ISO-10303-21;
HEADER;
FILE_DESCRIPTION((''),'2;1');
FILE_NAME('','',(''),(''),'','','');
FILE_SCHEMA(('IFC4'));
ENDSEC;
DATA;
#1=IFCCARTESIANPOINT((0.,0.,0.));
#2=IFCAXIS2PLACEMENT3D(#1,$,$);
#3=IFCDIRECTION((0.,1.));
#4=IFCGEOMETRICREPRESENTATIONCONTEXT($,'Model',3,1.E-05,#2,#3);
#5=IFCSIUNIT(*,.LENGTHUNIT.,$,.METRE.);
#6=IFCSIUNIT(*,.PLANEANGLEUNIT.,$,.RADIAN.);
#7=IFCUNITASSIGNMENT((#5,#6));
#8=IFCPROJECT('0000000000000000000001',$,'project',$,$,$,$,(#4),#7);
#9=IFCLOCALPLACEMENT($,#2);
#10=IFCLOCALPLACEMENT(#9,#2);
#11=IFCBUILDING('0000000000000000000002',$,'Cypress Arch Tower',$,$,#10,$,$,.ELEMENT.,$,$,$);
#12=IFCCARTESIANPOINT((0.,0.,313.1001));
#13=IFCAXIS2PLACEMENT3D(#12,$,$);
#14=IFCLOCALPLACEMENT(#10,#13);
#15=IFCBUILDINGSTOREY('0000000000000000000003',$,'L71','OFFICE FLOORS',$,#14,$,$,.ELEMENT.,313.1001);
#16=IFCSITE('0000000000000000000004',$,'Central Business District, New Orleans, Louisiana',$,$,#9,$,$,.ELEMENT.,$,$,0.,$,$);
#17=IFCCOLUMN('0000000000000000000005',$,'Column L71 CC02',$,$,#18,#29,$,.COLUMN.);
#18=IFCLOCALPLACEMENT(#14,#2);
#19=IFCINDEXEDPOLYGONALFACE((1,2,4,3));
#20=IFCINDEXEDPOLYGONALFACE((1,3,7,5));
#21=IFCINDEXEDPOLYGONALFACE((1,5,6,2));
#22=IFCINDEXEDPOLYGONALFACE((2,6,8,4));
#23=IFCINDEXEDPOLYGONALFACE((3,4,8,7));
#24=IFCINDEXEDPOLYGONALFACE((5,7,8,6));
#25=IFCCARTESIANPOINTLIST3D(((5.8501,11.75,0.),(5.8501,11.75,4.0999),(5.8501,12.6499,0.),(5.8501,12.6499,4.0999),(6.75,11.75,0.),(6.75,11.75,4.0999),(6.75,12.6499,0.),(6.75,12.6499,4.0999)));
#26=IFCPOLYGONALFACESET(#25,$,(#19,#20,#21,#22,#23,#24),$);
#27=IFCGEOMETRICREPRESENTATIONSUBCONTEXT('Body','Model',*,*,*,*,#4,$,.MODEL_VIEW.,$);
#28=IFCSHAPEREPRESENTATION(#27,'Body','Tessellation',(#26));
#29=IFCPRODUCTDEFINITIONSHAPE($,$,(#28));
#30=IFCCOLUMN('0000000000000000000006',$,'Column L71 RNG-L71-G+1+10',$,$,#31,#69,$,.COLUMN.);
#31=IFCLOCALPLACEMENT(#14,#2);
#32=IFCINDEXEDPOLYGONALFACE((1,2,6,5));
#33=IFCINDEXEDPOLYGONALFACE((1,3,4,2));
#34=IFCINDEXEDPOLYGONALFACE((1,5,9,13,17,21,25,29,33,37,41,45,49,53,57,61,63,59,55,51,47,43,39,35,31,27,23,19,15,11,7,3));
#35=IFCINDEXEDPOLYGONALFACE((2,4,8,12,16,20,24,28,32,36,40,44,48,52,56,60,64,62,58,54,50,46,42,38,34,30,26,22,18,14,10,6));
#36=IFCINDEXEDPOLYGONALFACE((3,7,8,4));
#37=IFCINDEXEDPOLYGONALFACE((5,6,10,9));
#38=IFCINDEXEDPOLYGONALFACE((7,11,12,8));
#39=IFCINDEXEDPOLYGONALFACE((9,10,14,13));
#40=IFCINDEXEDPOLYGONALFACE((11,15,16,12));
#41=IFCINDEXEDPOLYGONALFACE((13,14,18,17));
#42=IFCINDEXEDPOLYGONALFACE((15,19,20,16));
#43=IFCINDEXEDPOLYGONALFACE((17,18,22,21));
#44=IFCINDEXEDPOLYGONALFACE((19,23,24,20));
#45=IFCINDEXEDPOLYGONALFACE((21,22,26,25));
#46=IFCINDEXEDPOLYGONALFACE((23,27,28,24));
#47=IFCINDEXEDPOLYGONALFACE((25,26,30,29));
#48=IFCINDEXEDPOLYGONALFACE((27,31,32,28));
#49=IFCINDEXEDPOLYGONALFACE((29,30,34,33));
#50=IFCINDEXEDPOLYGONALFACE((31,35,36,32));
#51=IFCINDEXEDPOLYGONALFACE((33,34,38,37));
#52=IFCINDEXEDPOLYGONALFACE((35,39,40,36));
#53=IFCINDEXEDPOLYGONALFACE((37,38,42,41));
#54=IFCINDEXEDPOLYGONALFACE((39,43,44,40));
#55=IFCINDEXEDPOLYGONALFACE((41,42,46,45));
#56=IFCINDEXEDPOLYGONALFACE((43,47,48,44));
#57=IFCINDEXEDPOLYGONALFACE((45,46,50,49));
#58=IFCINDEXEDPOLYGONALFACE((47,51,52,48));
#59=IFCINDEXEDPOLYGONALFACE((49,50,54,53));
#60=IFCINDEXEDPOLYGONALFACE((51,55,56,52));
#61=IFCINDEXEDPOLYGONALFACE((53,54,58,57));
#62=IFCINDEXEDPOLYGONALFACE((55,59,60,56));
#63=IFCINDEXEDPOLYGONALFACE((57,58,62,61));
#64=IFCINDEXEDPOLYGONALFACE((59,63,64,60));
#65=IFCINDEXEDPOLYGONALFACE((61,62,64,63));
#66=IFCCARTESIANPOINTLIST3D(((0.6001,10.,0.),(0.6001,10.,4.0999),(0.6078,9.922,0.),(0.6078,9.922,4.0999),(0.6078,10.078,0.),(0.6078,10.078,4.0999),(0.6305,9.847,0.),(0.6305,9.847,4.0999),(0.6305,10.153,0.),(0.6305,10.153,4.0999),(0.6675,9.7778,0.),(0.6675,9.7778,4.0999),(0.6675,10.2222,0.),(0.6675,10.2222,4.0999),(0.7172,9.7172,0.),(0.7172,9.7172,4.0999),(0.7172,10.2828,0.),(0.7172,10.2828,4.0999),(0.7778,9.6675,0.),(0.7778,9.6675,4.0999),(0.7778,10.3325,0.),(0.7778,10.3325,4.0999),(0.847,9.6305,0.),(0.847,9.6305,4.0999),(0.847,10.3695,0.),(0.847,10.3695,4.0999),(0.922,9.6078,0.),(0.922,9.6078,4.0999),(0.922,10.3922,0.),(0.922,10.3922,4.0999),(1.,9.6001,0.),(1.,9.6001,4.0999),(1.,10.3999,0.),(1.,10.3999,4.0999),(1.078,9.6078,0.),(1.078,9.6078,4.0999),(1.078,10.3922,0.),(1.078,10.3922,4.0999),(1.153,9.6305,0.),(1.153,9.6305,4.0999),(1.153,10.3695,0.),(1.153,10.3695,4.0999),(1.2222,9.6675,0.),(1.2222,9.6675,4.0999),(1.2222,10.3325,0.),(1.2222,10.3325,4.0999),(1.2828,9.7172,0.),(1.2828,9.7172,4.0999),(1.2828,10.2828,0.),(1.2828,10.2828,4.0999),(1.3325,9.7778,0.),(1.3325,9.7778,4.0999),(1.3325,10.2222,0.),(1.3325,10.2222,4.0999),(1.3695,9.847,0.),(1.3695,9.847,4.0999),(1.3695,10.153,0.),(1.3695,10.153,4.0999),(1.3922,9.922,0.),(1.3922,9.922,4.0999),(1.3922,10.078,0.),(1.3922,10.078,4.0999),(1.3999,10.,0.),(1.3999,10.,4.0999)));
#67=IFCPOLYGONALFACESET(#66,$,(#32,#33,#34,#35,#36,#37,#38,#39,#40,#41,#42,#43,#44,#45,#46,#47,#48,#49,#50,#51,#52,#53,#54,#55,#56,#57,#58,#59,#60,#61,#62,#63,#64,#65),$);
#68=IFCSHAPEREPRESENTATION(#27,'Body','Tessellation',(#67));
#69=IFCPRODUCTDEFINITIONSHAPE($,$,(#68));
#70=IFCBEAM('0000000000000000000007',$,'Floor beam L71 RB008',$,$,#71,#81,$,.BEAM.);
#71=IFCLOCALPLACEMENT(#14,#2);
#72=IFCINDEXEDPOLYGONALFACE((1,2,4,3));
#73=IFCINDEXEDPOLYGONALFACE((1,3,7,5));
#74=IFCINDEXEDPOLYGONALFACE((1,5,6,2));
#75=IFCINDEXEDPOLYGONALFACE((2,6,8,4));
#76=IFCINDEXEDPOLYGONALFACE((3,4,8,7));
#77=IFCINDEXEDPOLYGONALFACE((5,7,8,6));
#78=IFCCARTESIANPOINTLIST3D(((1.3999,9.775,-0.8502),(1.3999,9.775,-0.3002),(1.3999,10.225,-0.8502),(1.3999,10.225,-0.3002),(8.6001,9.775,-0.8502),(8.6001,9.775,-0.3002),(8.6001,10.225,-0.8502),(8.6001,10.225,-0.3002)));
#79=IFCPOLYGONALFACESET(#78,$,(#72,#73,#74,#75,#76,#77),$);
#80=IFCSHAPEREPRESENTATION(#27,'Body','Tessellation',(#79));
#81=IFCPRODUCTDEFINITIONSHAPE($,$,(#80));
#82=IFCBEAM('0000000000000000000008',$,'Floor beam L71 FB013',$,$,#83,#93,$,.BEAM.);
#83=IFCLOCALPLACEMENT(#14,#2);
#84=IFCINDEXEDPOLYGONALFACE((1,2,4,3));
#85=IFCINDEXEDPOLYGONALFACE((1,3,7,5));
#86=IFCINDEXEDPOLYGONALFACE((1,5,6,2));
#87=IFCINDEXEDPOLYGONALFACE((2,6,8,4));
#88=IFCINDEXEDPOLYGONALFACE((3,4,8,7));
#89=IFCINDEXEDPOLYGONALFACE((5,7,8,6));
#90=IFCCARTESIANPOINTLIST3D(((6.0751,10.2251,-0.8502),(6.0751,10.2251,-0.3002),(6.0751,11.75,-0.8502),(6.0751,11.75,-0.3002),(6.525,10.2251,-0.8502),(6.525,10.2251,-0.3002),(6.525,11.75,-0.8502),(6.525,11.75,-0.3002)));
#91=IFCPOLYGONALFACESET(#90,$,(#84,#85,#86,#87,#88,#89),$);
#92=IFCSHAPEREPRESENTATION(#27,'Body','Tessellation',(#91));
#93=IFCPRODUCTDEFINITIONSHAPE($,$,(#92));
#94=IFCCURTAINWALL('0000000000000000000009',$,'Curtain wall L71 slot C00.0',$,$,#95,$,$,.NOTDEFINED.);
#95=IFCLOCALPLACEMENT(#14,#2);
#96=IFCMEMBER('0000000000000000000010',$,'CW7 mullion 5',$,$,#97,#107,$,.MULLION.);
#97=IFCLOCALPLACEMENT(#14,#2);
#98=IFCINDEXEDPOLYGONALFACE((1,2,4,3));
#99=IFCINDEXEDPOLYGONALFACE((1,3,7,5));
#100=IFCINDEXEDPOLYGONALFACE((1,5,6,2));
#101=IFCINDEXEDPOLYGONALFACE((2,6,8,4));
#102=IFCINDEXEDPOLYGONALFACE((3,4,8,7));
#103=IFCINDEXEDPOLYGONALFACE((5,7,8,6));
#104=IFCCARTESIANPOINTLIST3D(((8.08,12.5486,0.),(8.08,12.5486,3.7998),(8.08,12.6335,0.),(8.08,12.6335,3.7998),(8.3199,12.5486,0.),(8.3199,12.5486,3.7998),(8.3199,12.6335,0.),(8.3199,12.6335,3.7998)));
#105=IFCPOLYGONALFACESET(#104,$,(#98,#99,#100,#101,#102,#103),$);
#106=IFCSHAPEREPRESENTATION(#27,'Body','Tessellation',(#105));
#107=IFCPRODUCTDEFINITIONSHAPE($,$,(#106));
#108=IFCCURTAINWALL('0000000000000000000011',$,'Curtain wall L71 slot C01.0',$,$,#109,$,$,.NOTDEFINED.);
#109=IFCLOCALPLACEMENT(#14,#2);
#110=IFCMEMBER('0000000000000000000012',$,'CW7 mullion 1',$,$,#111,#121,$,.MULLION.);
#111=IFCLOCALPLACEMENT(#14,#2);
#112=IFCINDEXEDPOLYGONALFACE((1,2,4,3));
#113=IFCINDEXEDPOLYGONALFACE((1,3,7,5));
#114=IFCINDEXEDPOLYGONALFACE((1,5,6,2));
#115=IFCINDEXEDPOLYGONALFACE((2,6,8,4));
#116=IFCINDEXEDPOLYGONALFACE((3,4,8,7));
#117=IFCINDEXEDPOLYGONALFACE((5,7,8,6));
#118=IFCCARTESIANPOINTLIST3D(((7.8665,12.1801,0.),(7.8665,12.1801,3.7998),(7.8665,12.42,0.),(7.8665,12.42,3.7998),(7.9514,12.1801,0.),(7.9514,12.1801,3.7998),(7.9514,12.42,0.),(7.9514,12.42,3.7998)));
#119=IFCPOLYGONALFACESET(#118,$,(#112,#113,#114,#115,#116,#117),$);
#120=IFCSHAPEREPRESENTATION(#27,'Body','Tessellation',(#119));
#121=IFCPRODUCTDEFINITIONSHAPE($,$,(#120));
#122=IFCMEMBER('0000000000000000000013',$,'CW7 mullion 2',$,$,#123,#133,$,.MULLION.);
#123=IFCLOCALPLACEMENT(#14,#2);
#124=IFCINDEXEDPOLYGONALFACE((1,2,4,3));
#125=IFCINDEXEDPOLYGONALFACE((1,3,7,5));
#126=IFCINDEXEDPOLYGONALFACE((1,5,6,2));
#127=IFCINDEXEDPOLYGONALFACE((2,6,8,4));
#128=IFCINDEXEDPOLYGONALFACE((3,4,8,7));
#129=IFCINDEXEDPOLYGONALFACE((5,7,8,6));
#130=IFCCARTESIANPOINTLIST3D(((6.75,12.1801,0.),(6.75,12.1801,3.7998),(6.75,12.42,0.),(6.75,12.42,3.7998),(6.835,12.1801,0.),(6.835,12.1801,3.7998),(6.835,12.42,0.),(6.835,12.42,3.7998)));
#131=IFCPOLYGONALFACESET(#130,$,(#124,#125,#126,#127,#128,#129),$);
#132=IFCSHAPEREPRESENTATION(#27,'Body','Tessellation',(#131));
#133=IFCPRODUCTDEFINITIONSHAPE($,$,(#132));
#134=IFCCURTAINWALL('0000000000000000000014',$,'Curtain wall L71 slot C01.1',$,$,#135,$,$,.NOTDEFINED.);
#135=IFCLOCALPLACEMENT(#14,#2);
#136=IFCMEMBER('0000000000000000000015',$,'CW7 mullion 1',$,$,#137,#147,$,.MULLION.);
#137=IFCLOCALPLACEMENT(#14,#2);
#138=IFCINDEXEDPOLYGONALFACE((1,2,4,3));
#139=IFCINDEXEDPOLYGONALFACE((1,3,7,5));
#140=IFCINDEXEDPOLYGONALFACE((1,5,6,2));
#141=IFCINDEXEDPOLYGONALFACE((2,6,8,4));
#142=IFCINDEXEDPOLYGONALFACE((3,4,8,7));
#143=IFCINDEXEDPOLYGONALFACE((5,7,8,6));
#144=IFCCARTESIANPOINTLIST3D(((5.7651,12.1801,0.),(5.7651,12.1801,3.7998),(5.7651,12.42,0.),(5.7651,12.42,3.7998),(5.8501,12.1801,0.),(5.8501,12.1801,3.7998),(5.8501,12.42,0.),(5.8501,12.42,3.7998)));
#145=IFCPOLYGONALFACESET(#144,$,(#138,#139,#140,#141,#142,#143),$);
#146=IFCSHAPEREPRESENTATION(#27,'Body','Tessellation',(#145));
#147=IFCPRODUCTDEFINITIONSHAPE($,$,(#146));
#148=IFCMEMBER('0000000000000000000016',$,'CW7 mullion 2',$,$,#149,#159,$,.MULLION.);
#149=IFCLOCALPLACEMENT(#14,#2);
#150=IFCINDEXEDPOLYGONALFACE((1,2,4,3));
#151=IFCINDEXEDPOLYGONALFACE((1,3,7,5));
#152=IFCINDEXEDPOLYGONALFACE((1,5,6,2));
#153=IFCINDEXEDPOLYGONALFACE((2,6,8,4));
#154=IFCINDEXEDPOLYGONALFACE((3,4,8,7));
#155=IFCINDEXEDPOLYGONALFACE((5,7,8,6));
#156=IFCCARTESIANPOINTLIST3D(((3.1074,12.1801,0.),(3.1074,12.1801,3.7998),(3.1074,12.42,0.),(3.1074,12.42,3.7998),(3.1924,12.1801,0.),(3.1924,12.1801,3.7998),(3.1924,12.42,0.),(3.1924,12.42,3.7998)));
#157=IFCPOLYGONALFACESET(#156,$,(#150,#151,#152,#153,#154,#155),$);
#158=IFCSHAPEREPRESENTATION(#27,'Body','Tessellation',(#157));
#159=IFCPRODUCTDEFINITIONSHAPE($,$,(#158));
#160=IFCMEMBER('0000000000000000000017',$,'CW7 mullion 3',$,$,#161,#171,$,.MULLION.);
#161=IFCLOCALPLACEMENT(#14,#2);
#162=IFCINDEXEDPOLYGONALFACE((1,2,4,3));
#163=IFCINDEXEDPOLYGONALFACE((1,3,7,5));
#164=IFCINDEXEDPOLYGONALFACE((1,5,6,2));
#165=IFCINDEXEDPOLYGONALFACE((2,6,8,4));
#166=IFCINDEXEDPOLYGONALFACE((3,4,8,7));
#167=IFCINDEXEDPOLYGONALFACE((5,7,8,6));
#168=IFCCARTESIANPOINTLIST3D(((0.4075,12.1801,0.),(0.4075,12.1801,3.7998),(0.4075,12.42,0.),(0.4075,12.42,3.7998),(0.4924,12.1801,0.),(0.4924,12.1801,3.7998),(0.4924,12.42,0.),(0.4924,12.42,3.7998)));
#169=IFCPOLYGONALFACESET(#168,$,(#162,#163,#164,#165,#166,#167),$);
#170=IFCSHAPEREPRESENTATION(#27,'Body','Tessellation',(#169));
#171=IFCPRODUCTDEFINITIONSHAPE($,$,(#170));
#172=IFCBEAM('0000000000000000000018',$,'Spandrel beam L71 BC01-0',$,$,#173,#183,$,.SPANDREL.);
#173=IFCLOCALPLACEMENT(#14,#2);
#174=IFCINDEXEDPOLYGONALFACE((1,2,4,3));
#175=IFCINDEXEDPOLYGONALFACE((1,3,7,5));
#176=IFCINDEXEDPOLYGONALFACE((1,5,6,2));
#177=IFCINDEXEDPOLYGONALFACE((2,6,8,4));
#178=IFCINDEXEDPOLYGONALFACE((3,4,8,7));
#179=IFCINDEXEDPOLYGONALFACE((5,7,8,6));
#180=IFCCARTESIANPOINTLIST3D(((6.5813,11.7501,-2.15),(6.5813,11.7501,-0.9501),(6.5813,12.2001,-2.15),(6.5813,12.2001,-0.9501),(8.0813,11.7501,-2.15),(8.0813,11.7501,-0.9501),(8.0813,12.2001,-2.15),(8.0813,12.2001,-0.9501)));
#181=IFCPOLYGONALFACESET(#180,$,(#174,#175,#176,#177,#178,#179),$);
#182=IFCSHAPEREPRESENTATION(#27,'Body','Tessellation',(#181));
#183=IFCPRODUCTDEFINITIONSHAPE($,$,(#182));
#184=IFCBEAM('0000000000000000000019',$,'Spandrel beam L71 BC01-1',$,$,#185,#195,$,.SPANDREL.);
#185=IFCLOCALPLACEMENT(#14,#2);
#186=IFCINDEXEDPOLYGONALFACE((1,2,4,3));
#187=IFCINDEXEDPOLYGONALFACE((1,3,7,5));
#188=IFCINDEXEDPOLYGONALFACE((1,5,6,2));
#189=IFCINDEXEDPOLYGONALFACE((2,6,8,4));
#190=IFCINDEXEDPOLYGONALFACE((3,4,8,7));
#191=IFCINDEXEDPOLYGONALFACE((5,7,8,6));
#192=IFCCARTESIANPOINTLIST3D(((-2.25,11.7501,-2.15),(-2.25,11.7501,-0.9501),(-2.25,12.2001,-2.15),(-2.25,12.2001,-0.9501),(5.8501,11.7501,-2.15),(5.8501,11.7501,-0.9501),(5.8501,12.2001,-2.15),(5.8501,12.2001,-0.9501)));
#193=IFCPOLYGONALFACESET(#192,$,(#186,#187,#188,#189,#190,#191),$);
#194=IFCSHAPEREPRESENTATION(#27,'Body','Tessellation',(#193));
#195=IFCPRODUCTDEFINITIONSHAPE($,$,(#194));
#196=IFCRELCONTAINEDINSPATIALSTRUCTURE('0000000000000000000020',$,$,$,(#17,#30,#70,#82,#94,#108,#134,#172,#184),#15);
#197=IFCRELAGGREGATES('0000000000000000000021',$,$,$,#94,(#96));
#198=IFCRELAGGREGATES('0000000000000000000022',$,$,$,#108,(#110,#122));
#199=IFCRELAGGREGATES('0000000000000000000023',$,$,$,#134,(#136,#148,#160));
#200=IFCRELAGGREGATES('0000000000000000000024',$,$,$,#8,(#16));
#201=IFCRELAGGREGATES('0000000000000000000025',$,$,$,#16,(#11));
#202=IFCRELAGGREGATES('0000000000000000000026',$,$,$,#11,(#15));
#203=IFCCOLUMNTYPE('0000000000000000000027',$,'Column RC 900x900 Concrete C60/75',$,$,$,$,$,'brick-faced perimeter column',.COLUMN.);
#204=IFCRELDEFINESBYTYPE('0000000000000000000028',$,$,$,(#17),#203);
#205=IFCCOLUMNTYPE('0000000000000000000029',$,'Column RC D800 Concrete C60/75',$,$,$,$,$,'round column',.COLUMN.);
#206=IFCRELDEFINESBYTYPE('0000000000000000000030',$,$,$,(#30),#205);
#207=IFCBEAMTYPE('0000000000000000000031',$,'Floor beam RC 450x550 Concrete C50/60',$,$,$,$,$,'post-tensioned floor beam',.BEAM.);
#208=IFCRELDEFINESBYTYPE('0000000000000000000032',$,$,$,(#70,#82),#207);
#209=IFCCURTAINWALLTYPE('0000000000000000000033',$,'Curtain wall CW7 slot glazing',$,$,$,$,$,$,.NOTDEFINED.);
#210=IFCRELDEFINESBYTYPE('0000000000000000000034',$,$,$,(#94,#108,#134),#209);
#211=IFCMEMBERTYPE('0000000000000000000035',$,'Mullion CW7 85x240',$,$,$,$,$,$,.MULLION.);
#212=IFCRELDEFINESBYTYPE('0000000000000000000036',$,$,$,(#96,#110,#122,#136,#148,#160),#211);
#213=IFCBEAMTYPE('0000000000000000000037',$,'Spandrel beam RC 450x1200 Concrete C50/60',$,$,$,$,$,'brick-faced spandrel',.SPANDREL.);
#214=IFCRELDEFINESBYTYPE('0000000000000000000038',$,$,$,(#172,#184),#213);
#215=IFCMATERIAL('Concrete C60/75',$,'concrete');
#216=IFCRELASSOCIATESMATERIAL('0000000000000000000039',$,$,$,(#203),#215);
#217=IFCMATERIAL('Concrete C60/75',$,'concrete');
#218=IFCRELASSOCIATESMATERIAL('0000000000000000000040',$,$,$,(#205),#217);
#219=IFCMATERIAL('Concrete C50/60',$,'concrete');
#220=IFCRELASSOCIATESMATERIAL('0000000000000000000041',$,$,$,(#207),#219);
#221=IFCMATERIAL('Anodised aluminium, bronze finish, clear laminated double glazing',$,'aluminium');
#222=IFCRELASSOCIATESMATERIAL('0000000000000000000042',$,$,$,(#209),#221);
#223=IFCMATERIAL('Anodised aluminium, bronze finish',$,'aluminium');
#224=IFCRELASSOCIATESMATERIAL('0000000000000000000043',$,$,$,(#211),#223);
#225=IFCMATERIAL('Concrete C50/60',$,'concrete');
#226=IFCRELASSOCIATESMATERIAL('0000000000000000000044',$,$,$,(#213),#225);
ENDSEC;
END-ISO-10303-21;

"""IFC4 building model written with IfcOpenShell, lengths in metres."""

from ifc_helpers import new_model, si_unit, direction, frame, origin, origin_2d, place, context, subcontext, project, spatial, rectangle, circle, extrude, material, material_profile, profile_set, type_object, element, aggregate, save


model = new_model("IFC4")

# Units and contexts
model_context = context("Model", 3, precision=1e-05, world=origin(), true_north=direction((0.0, 1.0)))
body_context = subcontext(model_context, "Body", "Model", "MODEL_VIEW")
ifc_project = project(units=[si_unit("LENGTHUNIT", "METRE"), si_unit("PLANEANGLEUNIT", "RADIAN")], contexts=[model_context])

# Site, building, storey
site_placement = place(None, origin())
site = spatial("IfcSite", under=ifc_project, at=site_placement, Name="Central Business District, New Orleans, Louisiana", CompositionType="ELEMENT", RefElevation=0.0)
building_placement = place(site_placement, origin())
building = spatial("IfcBuilding", under=site, at=building_placement, Name="Cypress Arch Tower", CompositionType="ELEMENT")
storey_placement = place(building_placement, frame((0.0, 0.0, 313.1001)))
storey = spatial("IfcBuildingStorey", under=building, at=storey_placement, Name="L71", Description="OFFICE FLOORS", CompositionType="ELEMENT", Elevation=313.1001)

# Columns
ifc_material_1 = material(Name="Concrete C60/75", Category="concrete")
ifc_material_profile_1 = material_profile(ifc_material_1, rectangle(XDim=0.8999, YDim=0.8999, at=origin_2d()), Name="RC 900x900")
ifc_profile_set_1 = profile_set([ifc_material_profile_1], Name="Concrete C60/75")
column_type_1 = type_object("IfcColumnType", Name="Column RC 900x900 Concrete C60/75", ElementType="brick-faced perimeter column", PredefinedType="COLUMN", material=ifc_profile_set_1)
column_1_placement = place(storey_placement, frame((6.3, 12.2, 0.0), z_axis=(0.0, 0.0, 1.0), x_axis=(-1.0, 0.0, 0.0)))
element("IfcColumn", 1, at=column_1_placement, inside=storey, type_object=column_type_1, Name="Column L71 CC02", PredefinedType="COLUMN", context=body_context, shape_type="SweptSolid", body=[
    extrude(rectangle(XDim=0.8999, YDim=0.8999, at=origin_2d()), origin(), (0.0, 0.0, 1.0), 4.0999),
])
ifc_material_2 = material(Name="Concrete C60/75", Category="concrete")
ifc_material_profile_2 = material_profile(ifc_material_2, circle(Radius=0.3999, at=origin_2d()), Name="RC D800")
ifc_profile_set_2 = profile_set([ifc_material_profile_2], Name="Concrete C60/75")
column_type_2 = type_object("IfcColumnType", Name="Column RC D800 Concrete C60/75", ElementType="round column", PredefinedType="COLUMN", material=ifc_profile_set_2)
column_2_placement = place(storey_placement, frame((1.0, 10.0, 0.0), z_axis=(0.0, 0.0, 1.0), x_axis=(1.0, 0.0, 0.0)))
element("IfcColumn", 2, at=column_2_placement, inside=storey, type_object=column_type_2, Name="Column L71 RNG-L71-G+1+10", PredefinedType="COLUMN", context=body_context, shape_type="SweptSolid", body=[
    extrude(circle(Radius=0.3999, at=origin_2d()), origin(), (0.0, 0.0, 1.0), 4.0999),
])

# Beams
ifc_material_3 = material(Name="Concrete C50/60", Category="concrete")
ifc_material_profile_3 = material_profile(ifc_material_3, rectangle(XDim=0.45, YDim=0.55, at=origin_2d()), Name="RC 450x550")
ifc_profile_set_3 = profile_set([ifc_material_profile_3], Name="Concrete C50/60")
beam_type_1 = type_object("IfcBeamType", Name="Floor beam RC 450x550 Concrete C50/60", ElementType="post-tensioned floor beam", PredefinedType="BEAM", material=ifc_profile_set_3)
beam_1_placement = place(storey_placement, frame((1.3999, 10.0, -0.5752), z_axis=(1.0, 0.0, 0.0), x_axis=(0.0, 1.0, 0.0)))
element("IfcBeam", 3, at=beam_1_placement, inside=storey, type_object=beam_type_1, Name="Floor beam L71 RB008", PredefinedType="BEAM", context=body_context, shape_type="SweptSolid", body=[
    extrude(rectangle(XDim=0.45, YDim=0.55, at=origin_2d()), origin(), (0.0, 0.0, 1.0), 7.2002),
])
beam_2_placement = place(storey_placement, frame((6.3, 10.2251, -0.5752), z_axis=(0.0, 1.0, 0.0), x_axis=(-1.0, 0.0, 0.0)))
element("IfcBeam", 4, at=beam_2_placement, inside=storey, type_object=beam_type_1, Name="Floor beam L71 FB013", PredefinedType="BEAM", context=body_context, shape_type="SweptSolid", body=[
    extrude(rectangle(XDim=0.45, YDim=0.55, at=origin_2d()), origin(), (0.0, 0.0, 1.0), 1.5249),
])

# Curtain wall, member
ifc_material_4 = material(Name="Anodised aluminium, bronze finish, clear laminated double glazing", Category="aluminium")
curtain_wall_type = type_object("IfcCurtainWallType", Name="Curtain wall CW7 slot glazing", PredefinedType="NOTDEFINED", material=ifc_material_4)
curtain_wall_1_placement = place(storey_placement, origin())
curtain_wall_1 = element("IfcCurtainWall", 5, at=curtain_wall_1_placement, inside=storey, type_object=curtain_wall_type, Name="Curtain wall L71 slot C00.0", PredefinedType="NOTDEFINED")
ifc_material_5 = material(Name="Anodised aluminium, bronze finish", Category="aluminium")
ifc_material_profile_4 = material_profile(ifc_material_5, rectangle(XDim=0.24, YDim=0.085, at=origin_2d()), Name="Mullion 85x240")
ifc_profile_set_4 = profile_set([ifc_material_profile_4], Name="Anodised aluminium, bronze finish")
member_type_1 = type_object("IfcMemberType", Name="Mullion CW7 85x240", PredefinedType="MULLION", material=ifc_profile_set_4)
member_1_placement = place(storey_placement, frame((8.2, 12.5911, 0.0), z_axis=(0.0, 0.0, 1.0), x_axis=(1.0, 0.0, 0.0)))
member_1 = element("IfcMember", 6, at=member_1_placement, type_object=member_type_1, Name="CW7 mullion 5", PredefinedType="MULLION", context=body_context, shape_type="SweptSolid", body=[
    extrude(rectangle(XDim=0.24, YDim=0.085, at=origin_2d()), origin(), (0.0, 0.0, 1.0), 3.7998),
])

# Curtain walls, members
curtain_wall_2_placement = place(storey_placement, origin())
curtain_wall_2 = element("IfcCurtainWall", 7, at=curtain_wall_2_placement, inside=storey, type_object=curtain_wall_type, Name="Curtain wall L71 slot C01.0", PredefinedType="NOTDEFINED")
member_2_placement = place(storey_placement, frame((7.9089, 12.3, 0.0), z_axis=(0.0, 0.0, 1.0), x_axis=(0.0, -1.0, 0.0)))
member_2 = element("IfcMember", 8, at=member_2_placement, type_object=member_type_1, Name="CW7 mullion 1", PredefinedType="MULLION", context=body_context, shape_type="SweptSolid", body=[
    extrude(rectangle(XDim=0.24, YDim=0.085, at=origin_2d()), origin(), (0.0, 0.0, 1.0), 3.7998),
])
member_3_placement = place(storey_placement, frame((6.7925, 12.3, 0.0), z_axis=(0.0, 0.0, 1.0), x_axis=(0.0, -1.0, 0.0)))
member_3 = element("IfcMember", 9, at=member_3_placement, type_object=member_type_1, Name="CW7 mullion 2", PredefinedType="MULLION", context=body_context, shape_type="SweptSolid", body=[
    extrude(rectangle(XDim=0.24, YDim=0.085, at=origin_2d()), origin(), (0.0, 0.0, 1.0), 3.7998),
])
curtain_wall_3_placement = place(storey_placement, origin())
curtain_wall_3 = element("IfcCurtainWall", 10, at=curtain_wall_3_placement, inside=storey, type_object=curtain_wall_type, Name="Curtain wall L71 slot C01.1", PredefinedType="NOTDEFINED")
member_4_placement = place(storey_placement, frame((5.8076, 12.3, 0.0), z_axis=(0.0, 0.0, 1.0), x_axis=(0.0, -1.0, 0.0)))
member_4 = element("IfcMember", 11, at=member_4_placement, type_object=member_type_1, Name="CW7 mullion 1", PredefinedType="MULLION", context=body_context, shape_type="SweptSolid", body=[
    extrude(rectangle(XDim=0.24, YDim=0.085, at=origin_2d()), origin(), (0.0, 0.0, 1.0), 3.7998),
])
member_5_placement = place(storey_placement, frame((3.1499, 12.3, 0.0), z_axis=(0.0, 0.0, 1.0), x_axis=(0.0, -1.0, 0.0)))
member_5 = element("IfcMember", 12, at=member_5_placement, type_object=member_type_1, Name="CW7 mullion 2", PredefinedType="MULLION", context=body_context, shape_type="SweptSolid", body=[
    extrude(rectangle(XDim=0.24, YDim=0.085, at=origin_2d()), origin(), (0.0, 0.0, 1.0), 3.7998),
])
member_6_placement = place(storey_placement, frame((0.45, 12.3, 0.0), z_axis=(0.0, 0.0, 1.0), x_axis=(0.0, -1.0, 0.0)))
member_6 = element("IfcMember", 13, at=member_6_placement, type_object=member_type_1, Name="CW7 mullion 3", PredefinedType="MULLION", context=body_context, shape_type="SweptSolid", body=[
    extrude(rectangle(XDim=0.24, YDim=0.085, at=origin_2d()), origin(), (0.0, 0.0, 1.0), 3.7998),
])

# Beams
ifc_material_6 = material(Name="Concrete C50/60", Category="concrete")
ifc_material_profile_5 = material_profile(ifc_material_6, rectangle(XDim=0.45, YDim=1.2, at=origin_2d()), Name="RC 450x1200")
ifc_profile_set_5 = profile_set([ifc_material_profile_5], Name="Concrete C50/60")
beam_type_2 = type_object("IfcBeamType", Name="Spandrel beam RC 450x1200 Concrete C50/60", ElementType="brick-faced spandrel", PredefinedType="SPANDREL", material=ifc_profile_set_5)
beam_3_placement = place(storey_placement, frame((8.0813, 11.9751, -1.55), z_axis=(-1.0, 0.0, 0.0), x_axis=(0.0, -1.0, 0.0)))
element("IfcBeam", 14, at=beam_3_placement, inside=storey, type_object=beam_type_2, Name="Spandrel beam L71 BC01-0", PredefinedType="SPANDREL", context=body_context, shape_type="SweptSolid", body=[
    extrude(rectangle(XDim=0.45, YDim=1.2, at=origin_2d()), origin(), (0.0, 0.0, 1.0), 1.5),
])
beam_4_placement = place(storey_placement, frame((5.8501, 11.9751, -1.55), z_axis=(-1.0, 0.0, 0.0), x_axis=(0.0, -1.0, 0.0)))
element("IfcBeam", 15, at=beam_4_placement, inside=storey, type_object=beam_type_2, Name="Spandrel beam L71 BC01-1", PredefinedType="SPANDREL", context=body_context, shape_type="SweptSolid", body=[
    extrude(rectangle(XDim=0.45, YDim=1.2, at=origin_2d()), origin(), (0.0, 0.0, 1.0), 8.1001),
])

aggregate(curtain_wall_1, [member_1])
aggregate(curtain_wall_2, [member_2, member_3])
aggregate(curtain_wall_3, [member_4, member_5, member_6])

save(model, "model.ifc")
